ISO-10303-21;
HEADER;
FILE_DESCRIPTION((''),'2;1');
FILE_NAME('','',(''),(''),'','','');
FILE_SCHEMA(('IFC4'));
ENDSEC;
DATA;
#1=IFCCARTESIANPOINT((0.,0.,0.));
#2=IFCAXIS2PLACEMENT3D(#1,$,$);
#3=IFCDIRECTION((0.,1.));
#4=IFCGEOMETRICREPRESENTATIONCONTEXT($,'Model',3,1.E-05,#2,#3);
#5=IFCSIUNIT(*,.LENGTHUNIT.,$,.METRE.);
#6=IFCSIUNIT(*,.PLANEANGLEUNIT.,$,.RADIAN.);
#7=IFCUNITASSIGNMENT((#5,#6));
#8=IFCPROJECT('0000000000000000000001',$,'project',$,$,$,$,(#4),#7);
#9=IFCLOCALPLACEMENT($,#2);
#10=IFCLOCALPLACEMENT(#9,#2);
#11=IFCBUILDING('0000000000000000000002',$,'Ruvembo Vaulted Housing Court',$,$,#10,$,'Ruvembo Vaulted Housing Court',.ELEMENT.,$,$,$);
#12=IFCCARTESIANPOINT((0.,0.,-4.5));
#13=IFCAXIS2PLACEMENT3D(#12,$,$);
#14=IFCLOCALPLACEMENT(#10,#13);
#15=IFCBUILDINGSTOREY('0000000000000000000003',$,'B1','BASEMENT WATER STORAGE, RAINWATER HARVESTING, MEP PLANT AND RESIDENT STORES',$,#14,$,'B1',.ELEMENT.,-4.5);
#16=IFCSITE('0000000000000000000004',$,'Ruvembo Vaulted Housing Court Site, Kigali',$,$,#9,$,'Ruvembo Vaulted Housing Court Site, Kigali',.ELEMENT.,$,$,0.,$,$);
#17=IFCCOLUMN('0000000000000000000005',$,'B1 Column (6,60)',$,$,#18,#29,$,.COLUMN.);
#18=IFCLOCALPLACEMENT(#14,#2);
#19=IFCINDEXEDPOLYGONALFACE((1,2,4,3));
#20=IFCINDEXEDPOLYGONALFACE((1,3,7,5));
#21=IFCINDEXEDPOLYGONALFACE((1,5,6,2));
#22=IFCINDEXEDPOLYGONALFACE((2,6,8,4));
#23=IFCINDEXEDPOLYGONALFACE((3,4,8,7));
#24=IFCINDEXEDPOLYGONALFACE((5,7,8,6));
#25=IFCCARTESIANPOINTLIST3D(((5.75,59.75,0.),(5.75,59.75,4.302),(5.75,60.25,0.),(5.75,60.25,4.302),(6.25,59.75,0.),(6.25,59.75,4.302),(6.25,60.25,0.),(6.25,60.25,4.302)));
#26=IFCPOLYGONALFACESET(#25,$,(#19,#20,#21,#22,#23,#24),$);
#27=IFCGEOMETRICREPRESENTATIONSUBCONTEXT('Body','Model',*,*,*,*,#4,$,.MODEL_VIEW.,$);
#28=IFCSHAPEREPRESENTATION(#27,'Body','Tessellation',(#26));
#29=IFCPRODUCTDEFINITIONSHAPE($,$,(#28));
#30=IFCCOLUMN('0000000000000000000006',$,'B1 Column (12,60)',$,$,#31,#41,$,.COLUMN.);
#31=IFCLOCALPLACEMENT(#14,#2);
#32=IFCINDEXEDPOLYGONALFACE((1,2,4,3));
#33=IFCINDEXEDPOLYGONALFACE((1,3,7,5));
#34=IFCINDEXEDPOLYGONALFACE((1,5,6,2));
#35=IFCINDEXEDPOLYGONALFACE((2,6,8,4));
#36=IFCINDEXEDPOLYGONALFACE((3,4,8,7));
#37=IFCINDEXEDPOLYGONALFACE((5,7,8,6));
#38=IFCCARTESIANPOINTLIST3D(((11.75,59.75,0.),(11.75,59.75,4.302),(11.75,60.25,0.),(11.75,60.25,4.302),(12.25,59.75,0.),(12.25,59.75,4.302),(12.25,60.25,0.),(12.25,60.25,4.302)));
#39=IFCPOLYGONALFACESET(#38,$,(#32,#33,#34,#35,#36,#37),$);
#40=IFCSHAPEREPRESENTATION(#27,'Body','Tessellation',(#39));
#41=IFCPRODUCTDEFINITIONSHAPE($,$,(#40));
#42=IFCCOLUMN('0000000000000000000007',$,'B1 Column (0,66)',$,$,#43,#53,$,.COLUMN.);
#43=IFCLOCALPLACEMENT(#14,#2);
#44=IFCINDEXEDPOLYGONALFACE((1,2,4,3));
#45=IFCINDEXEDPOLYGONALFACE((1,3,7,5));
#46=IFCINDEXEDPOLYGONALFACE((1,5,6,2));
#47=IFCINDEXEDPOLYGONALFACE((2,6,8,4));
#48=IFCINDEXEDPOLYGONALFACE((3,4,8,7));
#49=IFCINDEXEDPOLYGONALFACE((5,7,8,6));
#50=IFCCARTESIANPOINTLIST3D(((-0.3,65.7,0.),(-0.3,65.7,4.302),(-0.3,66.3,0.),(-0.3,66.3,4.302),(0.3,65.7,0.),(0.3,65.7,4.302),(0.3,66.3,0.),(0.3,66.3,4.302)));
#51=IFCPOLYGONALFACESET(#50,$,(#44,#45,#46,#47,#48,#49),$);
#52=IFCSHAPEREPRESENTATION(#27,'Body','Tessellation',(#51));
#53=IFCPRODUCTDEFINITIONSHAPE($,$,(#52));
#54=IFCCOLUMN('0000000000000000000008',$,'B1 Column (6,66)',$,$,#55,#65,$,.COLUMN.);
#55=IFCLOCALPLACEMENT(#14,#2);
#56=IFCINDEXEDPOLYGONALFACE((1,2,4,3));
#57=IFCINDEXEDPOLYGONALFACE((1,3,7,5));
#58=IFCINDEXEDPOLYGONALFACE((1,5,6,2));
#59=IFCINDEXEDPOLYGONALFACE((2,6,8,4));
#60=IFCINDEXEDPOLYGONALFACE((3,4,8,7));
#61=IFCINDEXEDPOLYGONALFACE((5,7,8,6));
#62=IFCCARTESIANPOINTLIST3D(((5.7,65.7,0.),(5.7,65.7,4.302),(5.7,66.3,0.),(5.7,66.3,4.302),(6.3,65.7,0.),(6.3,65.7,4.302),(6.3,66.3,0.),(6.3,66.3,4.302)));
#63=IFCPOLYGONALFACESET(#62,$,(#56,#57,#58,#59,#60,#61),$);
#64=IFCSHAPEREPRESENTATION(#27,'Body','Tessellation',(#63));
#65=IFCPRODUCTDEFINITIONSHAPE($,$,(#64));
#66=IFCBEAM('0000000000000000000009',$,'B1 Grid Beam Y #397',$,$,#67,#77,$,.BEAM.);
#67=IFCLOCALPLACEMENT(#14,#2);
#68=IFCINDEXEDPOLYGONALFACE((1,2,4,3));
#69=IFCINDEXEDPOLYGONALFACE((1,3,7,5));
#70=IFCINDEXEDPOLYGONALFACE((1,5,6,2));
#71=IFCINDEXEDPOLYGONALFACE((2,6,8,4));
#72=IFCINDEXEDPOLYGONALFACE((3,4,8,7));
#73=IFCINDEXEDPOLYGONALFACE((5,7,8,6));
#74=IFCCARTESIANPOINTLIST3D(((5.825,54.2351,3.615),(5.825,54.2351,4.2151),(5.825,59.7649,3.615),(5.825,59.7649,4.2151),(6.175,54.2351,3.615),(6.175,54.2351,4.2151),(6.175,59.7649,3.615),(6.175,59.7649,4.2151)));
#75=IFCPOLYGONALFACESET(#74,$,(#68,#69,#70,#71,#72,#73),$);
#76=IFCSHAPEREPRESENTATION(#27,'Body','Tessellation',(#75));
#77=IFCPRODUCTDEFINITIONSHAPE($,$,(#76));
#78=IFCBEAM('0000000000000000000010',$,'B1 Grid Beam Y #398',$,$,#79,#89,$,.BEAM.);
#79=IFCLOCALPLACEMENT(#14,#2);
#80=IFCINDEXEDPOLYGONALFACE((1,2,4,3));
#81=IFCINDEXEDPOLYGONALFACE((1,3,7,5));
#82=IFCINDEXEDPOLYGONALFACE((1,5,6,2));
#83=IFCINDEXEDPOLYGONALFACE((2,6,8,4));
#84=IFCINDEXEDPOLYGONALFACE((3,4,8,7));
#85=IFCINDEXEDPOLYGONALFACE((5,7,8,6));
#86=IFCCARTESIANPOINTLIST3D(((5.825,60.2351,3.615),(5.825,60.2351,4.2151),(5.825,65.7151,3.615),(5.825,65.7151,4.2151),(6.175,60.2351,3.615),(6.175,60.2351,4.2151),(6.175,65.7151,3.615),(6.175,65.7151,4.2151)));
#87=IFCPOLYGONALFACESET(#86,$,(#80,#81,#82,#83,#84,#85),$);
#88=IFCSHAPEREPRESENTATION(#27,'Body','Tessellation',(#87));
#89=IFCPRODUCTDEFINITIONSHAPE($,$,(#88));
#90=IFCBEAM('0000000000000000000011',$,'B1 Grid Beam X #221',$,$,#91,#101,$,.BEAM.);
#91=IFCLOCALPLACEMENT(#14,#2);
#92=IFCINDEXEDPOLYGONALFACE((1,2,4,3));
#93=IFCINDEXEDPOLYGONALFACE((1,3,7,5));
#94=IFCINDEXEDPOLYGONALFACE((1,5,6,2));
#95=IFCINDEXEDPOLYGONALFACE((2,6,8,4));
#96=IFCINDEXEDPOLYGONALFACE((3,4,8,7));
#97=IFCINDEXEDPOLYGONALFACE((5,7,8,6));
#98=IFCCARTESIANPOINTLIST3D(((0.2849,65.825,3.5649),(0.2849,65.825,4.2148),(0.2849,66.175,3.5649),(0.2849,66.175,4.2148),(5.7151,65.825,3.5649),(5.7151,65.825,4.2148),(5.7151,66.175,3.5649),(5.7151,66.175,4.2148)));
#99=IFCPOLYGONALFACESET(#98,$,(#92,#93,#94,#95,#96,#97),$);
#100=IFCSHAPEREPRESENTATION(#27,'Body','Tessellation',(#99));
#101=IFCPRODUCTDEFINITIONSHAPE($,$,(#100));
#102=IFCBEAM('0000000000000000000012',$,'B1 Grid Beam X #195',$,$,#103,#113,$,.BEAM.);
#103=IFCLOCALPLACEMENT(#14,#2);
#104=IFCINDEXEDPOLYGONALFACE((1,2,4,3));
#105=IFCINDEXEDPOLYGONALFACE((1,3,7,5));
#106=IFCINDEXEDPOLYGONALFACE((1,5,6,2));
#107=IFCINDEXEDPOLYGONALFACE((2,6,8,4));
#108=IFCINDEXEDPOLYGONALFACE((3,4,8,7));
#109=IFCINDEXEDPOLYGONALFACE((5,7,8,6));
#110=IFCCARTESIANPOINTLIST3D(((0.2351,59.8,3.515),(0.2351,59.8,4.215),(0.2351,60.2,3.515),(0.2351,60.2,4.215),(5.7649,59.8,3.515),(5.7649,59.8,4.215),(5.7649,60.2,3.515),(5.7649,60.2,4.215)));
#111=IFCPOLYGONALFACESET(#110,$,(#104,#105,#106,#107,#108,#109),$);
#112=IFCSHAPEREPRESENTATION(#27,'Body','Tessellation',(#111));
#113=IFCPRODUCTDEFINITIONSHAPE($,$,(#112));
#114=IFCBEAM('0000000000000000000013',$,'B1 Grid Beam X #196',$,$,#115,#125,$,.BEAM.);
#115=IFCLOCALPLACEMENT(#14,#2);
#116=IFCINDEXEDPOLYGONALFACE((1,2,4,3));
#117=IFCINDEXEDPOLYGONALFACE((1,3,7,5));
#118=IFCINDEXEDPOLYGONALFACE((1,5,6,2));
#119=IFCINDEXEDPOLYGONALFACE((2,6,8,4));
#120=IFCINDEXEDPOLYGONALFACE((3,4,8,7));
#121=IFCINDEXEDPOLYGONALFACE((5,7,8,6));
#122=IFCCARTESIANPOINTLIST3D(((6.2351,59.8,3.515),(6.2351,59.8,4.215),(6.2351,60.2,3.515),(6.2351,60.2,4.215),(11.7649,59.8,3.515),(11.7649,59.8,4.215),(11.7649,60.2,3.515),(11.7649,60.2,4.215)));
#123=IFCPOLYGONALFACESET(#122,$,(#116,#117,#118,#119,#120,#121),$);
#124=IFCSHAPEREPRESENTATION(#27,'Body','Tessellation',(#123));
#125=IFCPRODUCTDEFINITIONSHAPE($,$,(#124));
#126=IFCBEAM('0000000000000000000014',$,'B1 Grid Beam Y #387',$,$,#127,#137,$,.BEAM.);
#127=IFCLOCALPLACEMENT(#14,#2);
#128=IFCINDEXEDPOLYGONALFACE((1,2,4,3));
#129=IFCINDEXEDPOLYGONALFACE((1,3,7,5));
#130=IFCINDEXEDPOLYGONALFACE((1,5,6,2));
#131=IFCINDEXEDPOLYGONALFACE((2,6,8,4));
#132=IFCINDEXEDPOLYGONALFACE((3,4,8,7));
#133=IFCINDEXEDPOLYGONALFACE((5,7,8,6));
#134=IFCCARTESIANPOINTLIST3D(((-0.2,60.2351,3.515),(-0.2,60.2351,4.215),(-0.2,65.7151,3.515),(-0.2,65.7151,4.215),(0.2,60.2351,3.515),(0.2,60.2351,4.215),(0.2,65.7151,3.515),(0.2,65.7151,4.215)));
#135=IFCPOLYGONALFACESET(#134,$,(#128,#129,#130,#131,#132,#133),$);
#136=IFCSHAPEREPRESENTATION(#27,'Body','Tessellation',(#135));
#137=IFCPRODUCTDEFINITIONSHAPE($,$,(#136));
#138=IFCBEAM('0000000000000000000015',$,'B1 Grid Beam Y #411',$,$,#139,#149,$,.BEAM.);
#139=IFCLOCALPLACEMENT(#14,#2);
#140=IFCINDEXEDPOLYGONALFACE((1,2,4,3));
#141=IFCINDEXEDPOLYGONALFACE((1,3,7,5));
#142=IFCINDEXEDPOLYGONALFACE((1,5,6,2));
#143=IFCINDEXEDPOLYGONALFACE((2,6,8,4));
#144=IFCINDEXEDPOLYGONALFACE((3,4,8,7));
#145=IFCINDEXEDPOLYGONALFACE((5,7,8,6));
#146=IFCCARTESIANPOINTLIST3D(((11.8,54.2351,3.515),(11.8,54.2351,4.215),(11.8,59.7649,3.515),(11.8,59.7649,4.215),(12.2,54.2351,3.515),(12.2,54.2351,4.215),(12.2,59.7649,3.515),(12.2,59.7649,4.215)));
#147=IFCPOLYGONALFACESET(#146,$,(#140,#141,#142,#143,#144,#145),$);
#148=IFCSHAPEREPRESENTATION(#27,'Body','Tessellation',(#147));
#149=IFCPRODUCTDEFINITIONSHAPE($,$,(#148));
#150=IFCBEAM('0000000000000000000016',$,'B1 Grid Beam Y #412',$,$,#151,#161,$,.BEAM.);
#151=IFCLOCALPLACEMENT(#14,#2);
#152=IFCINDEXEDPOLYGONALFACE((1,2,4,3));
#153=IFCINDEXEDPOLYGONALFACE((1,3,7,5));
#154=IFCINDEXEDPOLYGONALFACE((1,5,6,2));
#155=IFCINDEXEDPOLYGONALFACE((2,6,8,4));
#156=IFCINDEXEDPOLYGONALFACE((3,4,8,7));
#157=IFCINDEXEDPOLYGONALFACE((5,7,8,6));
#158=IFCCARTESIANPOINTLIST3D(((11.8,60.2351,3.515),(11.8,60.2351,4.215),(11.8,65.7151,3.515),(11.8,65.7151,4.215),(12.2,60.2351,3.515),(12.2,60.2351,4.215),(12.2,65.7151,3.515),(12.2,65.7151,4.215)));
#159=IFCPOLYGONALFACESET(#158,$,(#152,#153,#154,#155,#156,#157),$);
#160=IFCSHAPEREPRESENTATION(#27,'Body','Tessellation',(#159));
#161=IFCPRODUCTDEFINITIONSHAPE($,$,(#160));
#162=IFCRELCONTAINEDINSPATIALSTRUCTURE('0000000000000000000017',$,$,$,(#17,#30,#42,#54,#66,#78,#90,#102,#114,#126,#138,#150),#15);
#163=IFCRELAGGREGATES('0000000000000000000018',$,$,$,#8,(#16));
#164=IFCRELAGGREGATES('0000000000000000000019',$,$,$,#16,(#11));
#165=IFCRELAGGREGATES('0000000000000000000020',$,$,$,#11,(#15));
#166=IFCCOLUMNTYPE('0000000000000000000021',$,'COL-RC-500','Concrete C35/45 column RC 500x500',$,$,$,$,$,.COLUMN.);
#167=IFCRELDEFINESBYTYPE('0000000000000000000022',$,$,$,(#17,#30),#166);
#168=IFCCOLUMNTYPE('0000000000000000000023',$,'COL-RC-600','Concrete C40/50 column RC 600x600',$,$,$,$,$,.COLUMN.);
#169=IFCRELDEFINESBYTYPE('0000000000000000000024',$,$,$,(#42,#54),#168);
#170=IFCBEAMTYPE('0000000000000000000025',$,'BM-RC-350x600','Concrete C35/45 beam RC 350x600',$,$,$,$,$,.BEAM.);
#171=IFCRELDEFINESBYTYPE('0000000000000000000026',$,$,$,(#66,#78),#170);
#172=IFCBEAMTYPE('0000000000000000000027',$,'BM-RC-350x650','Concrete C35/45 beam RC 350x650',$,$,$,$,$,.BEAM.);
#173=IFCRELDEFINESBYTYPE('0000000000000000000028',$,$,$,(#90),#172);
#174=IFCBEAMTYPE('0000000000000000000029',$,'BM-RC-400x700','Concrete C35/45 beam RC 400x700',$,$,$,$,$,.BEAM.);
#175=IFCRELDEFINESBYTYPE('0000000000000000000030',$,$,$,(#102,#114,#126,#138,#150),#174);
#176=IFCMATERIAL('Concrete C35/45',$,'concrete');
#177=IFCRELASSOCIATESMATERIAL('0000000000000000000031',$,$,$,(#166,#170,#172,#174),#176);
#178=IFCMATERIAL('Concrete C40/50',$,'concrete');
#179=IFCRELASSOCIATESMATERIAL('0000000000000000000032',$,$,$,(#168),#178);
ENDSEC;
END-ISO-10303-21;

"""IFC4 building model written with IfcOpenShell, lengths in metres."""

from ifc_helpers import new_model, si_unit, direction, frame, origin, origin_2d, place, context, subcontext, project, spatial, rectangle, extrude, material, material_profile, profile_set, type_object, element, save


model = new_model("IFC4")

# Units and contexts
model_context = context("Model", 3, precision=1e-05, world=origin(), true_north=direction((0.0, 1.0)))
body_context = subcontext(model_context, "Body", "Model", "MODEL_VIEW")
ifc_project = project(units=[si_unit("LENGTHUNIT", "METRE"), si_unit("PLANEANGLEUNIT", "RADIAN")], contexts=[model_context])

# Site, building, storey
site_placement = place(None, origin())
site = spatial("IfcSite", under=ifc_project, at=site_placement, Name="Ruvembo Vaulted Housing Court Site, Kigali", LongName="Ruvembo Vaulted Housing Court Site, Kigali", CompositionType="ELEMENT", RefElevation=0.0)
building_placement = place(site_placement, origin())
building = spatial("IfcBuilding", under=site, at=building_placement, Name="Ruvembo Vaulted Housing Court", LongName="Ruvembo Vaulted Housing Court", CompositionType="ELEMENT")
storey_placement = place(building_placement, frame((0.0, 0.0, -4.5)))
storey = spatial("IfcBuildingStorey", under=building, at=storey_placement, Name="B1", Description="BASEMENT WATER STORAGE, RAINWATER HARVESTING, MEP PLANT AND RESIDENT STORES", LongName="B1", CompositionType="ELEMENT", Elevation=-4.5)

# Shared definitions
ifc_material_1 = material(Name="Concrete C35/45", Category="concrete")

# Columns
ifc_material_profile_1 = material_profile(ifc_material_1, rectangle(XDim=0.5, YDim=0.5, at=origin_2d()), Name="RC 500x500")
ifc_profile_set_1 = profile_set([ifc_material_profile_1], Name="Concrete C35/45")
column_type_1 = type_object("IfcColumnType", Name="COL-RC-500", Description="Concrete C35/45 column RC 500x500", PredefinedType="COLUMN", material=ifc_profile_set_1)
for number, where, z_axis, x_axis, name in (
    (1, (6.0, 60.0, 0.0), (0.0, 0.0, 1.0), (1.0, 0.0, 0.0), "B1 Column (6,60)"),
    (2, (12.0, 60.0, 0.0), (0.0, 0.0, 1.0), (1.0, 0.0, 0.0), "B1 Column (12,60)"),
):
    element("IfcColumn", number, at=place(storey_placement, frame(where, z_axis=z_axis, x_axis=x_axis)), inside=storey, type_object=column_type_1, Name=name, PredefinedType="COLUMN", context=body_context, shape_type="SweptSolid", body=[
        extrude(rectangle(XDim=0.5, YDim=0.5, at=origin_2d()), origin(), (0.0, 0.0, 1.0), 4.302),
    ])
ifc_material_2 = material(Name="Concrete C40/50", Category="concrete")
ifc_material_profile_2 = material_profile(ifc_material_2, rectangle(XDim=0.6001, YDim=0.6001, at=origin_2d()), Name="RC 600x600")
ifc_profile_set_2 = profile_set([ifc_material_profile_2], Name="Concrete C40/50")
column_type_2 = type_object("IfcColumnType", Name="COL-RC-600", Description="Concrete C40/50 column RC 600x600", PredefinedType="COLUMN", material=ifc_profile_set_2)
for number, where, z_axis, x_axis, name in (
    (3, (0.0, 66.0, 0.0), (0.0, 0.0, 1.0), (1.0, 0.0, 0.0), "B1 Column (0,66)"),
    (4, (6.0, 66.0, 0.0), (0.0, 0.0, 1.0), (1.0, 0.0, 0.0), "B1 Column (6,66)"),
):
    element("IfcColumn", number, at=place(storey_placement, frame(where, z_axis=z_axis, x_axis=x_axis)), inside=storey, type_object=column_type_2, Name=name, PredefinedType="COLUMN", context=body_context, shape_type="SweptSolid", body=[
        extrude(rectangle(XDim=0.6001, YDim=0.6001, at=origin_2d()), origin(), (0.0, 0.0, 1.0), 4.302),
    ])

# Beams
ifc_material_profile_3 = material_profile(ifc_material_1, rectangle(XDim=0.3501, YDim=0.6001, at=origin_2d()), Name="RC 350x600")
ifc_profile_set_3 = profile_set([ifc_material_profile_3], Name="Concrete C35/45")
beam_type_1 = type_object("IfcBeamType", Name="BM-RC-350x600", Description="Concrete C35/45 beam RC 350x600", PredefinedType="BEAM", material=ifc_profile_set_3)
beam_1_placement = place(storey_placement, frame((6.0, 54.2351, 3.915), z_axis=(0.0, 1.0, 0.0), x_axis=(-1.0, 0.0, 0.0)))
element("IfcBeam", 5, at=beam_1_placement, inside=storey, type_object=beam_type_1, Name="B1 Grid Beam Y #397", PredefinedType="BEAM", context=body_context, shape_type="SweptSolid", body=[
    extrude(rectangle(XDim=0.3501, YDim=0.6001, at=origin_2d()), origin(), (0.0, 0.0, 1.0), 5.5298),
])
beam_2_placement = place(storey_placement, frame((6.0, 60.2351, 3.915), z_axis=(0.0, 1.0, 0.0), x_axis=(-1.0, 0.0, 0.0)))
element("IfcBeam", 6, at=beam_2_placement, inside=storey, type_object=beam_type_1, Name="B1 Grid Beam Y #398", PredefinedType="BEAM", context=body_context, shape_type="SweptSolid", body=[
    extrude(rectangle(XDim=0.3501, YDim=0.6001, at=origin_2d()), origin(), (0.0, 0.0, 1.0), 5.48),
])
ifc_material_profile_4 = material_profile(ifc_material_1, rectangle(XDim=0.3501, YDim=0.6499, at=origin_2d()), Name="RC 350x650")
ifc_profile_set_4 = profile_set([ifc_material_profile_4], Name="Concrete C35/45")
beam_type_2 = type_object("IfcBeamType", Name="BM-RC-350x650", Description="Concrete C35/45 beam RC 350x650", PredefinedType="BEAM", material=ifc_profile_set_4)
beam_3_placement = place(storey_placement, frame((0.2849, 66.0, 3.8899), z_axis=(1.0, 0.0, 0.0), x_axis=(0.0, 1.0, 0.0)))
element("IfcBeam", 7, at=beam_3_placement, inside=storey, type_object=beam_type_2, Name="B1 Grid Beam X #221", PredefinedType="BEAM", context=body_context, shape_type="SweptSolid", body=[
    extrude(rectangle(XDim=0.3501, YDim=0.6499, at=origin_2d()), origin(), (0.0, 0.0, 1.0), 5.4302),
])
ifc_material_profile_5 = material_profile(ifc_material_1, rectangle(XDim=0.3999, YDim=0.7, at=origin_2d()), Name="RC 400x700")
ifc_profile_set_5 = profile_set([ifc_material_profile_5], Name="Concrete C35/45")
beam_type_3 = type_object("IfcBeamType", Name="BM-RC-400x700", Description="Concrete C35/45 beam RC 400x700", PredefinedType="BEAM", material=ifc_profile_set_5)
for number, where, z_axis, x_axis, name in (
    (8, (0.2351, 60.0, 3.865), (1.0, 0.0, 0.0), (0.0, 1.0, 0.0), "B1 Grid Beam X #195"),
    (9, (6.2351, 60.0, 3.865), (1.0, 0.0, 0.0), (0.0, 1.0, 0.0), "B1 Grid Beam X #196"),
):
    element("IfcBeam", number, at=place(storey_placement, frame(where, z_axis=z_axis, x_axis=x_axis)), inside=storey, type_object=beam_type_3, Name=name, PredefinedType="BEAM", context=body_context, shape_type="SweptSolid", body=[
        extrude(rectangle(XDim=0.3999, YDim=0.7, at=origin_2d()), origin(), (0.0, 0.0, 1.0), 5.5298),
    ])
beam_4_placement = place(storey_placement, frame((0.0, 60.2351, 3.865), z_axis=(0.0, 1.0, 0.0), x_axis=(-1.0, 0.0, 0.0)))
element("IfcBeam", 10, at=beam_4_placement, inside=storey, type_object=beam_type_3, Name="B1 Grid Beam Y #387", PredefinedType="BEAM", context=body_context, shape_type="SweptSolid", body=[
    extrude(rectangle(XDim=0.3999, YDim=0.7, at=origin_2d()), origin(), (0.0, 0.0, 1.0), 5.48),
])
beam_5_placement = place(storey_placement, frame((12.0, 54.2351, 3.865), z_axis=(0.0, 1.0, 0.0), x_axis=(-1.0, 0.0, 0.0)))
element("IfcBeam", 11, at=beam_5_placement, inside=storey, type_object=beam_type_3, Name="B1 Grid Beam Y #411", PredefinedType="BEAM", context=body_context, shape_type="SweptSolid", body=[
    extrude(rectangle(XDim=0.3999, YDim=0.7, at=origin_2d()), origin(), (0.0, 0.0, 1.0), 5.5298),
])
beam_6_placement = place(storey_placement, frame((12.0, 60.2351, 3.865), z_axis=(0.0, 1.0, 0.0), x_axis=(-1.0, 0.0, 0.0)))
element("IfcBeam", 12, at=beam_6_placement, inside=storey, type_object=beam_type_3, Name="B1 Grid Beam Y #412", PredefinedType="BEAM", context=body_context, shape_type="SweptSolid", body=[
    extrude(rectangle(XDim=0.3999, YDim=0.7, at=origin_2d()), origin(), (0.0, 0.0, 1.0), 5.48),
])

save(model, "model.ifc")
